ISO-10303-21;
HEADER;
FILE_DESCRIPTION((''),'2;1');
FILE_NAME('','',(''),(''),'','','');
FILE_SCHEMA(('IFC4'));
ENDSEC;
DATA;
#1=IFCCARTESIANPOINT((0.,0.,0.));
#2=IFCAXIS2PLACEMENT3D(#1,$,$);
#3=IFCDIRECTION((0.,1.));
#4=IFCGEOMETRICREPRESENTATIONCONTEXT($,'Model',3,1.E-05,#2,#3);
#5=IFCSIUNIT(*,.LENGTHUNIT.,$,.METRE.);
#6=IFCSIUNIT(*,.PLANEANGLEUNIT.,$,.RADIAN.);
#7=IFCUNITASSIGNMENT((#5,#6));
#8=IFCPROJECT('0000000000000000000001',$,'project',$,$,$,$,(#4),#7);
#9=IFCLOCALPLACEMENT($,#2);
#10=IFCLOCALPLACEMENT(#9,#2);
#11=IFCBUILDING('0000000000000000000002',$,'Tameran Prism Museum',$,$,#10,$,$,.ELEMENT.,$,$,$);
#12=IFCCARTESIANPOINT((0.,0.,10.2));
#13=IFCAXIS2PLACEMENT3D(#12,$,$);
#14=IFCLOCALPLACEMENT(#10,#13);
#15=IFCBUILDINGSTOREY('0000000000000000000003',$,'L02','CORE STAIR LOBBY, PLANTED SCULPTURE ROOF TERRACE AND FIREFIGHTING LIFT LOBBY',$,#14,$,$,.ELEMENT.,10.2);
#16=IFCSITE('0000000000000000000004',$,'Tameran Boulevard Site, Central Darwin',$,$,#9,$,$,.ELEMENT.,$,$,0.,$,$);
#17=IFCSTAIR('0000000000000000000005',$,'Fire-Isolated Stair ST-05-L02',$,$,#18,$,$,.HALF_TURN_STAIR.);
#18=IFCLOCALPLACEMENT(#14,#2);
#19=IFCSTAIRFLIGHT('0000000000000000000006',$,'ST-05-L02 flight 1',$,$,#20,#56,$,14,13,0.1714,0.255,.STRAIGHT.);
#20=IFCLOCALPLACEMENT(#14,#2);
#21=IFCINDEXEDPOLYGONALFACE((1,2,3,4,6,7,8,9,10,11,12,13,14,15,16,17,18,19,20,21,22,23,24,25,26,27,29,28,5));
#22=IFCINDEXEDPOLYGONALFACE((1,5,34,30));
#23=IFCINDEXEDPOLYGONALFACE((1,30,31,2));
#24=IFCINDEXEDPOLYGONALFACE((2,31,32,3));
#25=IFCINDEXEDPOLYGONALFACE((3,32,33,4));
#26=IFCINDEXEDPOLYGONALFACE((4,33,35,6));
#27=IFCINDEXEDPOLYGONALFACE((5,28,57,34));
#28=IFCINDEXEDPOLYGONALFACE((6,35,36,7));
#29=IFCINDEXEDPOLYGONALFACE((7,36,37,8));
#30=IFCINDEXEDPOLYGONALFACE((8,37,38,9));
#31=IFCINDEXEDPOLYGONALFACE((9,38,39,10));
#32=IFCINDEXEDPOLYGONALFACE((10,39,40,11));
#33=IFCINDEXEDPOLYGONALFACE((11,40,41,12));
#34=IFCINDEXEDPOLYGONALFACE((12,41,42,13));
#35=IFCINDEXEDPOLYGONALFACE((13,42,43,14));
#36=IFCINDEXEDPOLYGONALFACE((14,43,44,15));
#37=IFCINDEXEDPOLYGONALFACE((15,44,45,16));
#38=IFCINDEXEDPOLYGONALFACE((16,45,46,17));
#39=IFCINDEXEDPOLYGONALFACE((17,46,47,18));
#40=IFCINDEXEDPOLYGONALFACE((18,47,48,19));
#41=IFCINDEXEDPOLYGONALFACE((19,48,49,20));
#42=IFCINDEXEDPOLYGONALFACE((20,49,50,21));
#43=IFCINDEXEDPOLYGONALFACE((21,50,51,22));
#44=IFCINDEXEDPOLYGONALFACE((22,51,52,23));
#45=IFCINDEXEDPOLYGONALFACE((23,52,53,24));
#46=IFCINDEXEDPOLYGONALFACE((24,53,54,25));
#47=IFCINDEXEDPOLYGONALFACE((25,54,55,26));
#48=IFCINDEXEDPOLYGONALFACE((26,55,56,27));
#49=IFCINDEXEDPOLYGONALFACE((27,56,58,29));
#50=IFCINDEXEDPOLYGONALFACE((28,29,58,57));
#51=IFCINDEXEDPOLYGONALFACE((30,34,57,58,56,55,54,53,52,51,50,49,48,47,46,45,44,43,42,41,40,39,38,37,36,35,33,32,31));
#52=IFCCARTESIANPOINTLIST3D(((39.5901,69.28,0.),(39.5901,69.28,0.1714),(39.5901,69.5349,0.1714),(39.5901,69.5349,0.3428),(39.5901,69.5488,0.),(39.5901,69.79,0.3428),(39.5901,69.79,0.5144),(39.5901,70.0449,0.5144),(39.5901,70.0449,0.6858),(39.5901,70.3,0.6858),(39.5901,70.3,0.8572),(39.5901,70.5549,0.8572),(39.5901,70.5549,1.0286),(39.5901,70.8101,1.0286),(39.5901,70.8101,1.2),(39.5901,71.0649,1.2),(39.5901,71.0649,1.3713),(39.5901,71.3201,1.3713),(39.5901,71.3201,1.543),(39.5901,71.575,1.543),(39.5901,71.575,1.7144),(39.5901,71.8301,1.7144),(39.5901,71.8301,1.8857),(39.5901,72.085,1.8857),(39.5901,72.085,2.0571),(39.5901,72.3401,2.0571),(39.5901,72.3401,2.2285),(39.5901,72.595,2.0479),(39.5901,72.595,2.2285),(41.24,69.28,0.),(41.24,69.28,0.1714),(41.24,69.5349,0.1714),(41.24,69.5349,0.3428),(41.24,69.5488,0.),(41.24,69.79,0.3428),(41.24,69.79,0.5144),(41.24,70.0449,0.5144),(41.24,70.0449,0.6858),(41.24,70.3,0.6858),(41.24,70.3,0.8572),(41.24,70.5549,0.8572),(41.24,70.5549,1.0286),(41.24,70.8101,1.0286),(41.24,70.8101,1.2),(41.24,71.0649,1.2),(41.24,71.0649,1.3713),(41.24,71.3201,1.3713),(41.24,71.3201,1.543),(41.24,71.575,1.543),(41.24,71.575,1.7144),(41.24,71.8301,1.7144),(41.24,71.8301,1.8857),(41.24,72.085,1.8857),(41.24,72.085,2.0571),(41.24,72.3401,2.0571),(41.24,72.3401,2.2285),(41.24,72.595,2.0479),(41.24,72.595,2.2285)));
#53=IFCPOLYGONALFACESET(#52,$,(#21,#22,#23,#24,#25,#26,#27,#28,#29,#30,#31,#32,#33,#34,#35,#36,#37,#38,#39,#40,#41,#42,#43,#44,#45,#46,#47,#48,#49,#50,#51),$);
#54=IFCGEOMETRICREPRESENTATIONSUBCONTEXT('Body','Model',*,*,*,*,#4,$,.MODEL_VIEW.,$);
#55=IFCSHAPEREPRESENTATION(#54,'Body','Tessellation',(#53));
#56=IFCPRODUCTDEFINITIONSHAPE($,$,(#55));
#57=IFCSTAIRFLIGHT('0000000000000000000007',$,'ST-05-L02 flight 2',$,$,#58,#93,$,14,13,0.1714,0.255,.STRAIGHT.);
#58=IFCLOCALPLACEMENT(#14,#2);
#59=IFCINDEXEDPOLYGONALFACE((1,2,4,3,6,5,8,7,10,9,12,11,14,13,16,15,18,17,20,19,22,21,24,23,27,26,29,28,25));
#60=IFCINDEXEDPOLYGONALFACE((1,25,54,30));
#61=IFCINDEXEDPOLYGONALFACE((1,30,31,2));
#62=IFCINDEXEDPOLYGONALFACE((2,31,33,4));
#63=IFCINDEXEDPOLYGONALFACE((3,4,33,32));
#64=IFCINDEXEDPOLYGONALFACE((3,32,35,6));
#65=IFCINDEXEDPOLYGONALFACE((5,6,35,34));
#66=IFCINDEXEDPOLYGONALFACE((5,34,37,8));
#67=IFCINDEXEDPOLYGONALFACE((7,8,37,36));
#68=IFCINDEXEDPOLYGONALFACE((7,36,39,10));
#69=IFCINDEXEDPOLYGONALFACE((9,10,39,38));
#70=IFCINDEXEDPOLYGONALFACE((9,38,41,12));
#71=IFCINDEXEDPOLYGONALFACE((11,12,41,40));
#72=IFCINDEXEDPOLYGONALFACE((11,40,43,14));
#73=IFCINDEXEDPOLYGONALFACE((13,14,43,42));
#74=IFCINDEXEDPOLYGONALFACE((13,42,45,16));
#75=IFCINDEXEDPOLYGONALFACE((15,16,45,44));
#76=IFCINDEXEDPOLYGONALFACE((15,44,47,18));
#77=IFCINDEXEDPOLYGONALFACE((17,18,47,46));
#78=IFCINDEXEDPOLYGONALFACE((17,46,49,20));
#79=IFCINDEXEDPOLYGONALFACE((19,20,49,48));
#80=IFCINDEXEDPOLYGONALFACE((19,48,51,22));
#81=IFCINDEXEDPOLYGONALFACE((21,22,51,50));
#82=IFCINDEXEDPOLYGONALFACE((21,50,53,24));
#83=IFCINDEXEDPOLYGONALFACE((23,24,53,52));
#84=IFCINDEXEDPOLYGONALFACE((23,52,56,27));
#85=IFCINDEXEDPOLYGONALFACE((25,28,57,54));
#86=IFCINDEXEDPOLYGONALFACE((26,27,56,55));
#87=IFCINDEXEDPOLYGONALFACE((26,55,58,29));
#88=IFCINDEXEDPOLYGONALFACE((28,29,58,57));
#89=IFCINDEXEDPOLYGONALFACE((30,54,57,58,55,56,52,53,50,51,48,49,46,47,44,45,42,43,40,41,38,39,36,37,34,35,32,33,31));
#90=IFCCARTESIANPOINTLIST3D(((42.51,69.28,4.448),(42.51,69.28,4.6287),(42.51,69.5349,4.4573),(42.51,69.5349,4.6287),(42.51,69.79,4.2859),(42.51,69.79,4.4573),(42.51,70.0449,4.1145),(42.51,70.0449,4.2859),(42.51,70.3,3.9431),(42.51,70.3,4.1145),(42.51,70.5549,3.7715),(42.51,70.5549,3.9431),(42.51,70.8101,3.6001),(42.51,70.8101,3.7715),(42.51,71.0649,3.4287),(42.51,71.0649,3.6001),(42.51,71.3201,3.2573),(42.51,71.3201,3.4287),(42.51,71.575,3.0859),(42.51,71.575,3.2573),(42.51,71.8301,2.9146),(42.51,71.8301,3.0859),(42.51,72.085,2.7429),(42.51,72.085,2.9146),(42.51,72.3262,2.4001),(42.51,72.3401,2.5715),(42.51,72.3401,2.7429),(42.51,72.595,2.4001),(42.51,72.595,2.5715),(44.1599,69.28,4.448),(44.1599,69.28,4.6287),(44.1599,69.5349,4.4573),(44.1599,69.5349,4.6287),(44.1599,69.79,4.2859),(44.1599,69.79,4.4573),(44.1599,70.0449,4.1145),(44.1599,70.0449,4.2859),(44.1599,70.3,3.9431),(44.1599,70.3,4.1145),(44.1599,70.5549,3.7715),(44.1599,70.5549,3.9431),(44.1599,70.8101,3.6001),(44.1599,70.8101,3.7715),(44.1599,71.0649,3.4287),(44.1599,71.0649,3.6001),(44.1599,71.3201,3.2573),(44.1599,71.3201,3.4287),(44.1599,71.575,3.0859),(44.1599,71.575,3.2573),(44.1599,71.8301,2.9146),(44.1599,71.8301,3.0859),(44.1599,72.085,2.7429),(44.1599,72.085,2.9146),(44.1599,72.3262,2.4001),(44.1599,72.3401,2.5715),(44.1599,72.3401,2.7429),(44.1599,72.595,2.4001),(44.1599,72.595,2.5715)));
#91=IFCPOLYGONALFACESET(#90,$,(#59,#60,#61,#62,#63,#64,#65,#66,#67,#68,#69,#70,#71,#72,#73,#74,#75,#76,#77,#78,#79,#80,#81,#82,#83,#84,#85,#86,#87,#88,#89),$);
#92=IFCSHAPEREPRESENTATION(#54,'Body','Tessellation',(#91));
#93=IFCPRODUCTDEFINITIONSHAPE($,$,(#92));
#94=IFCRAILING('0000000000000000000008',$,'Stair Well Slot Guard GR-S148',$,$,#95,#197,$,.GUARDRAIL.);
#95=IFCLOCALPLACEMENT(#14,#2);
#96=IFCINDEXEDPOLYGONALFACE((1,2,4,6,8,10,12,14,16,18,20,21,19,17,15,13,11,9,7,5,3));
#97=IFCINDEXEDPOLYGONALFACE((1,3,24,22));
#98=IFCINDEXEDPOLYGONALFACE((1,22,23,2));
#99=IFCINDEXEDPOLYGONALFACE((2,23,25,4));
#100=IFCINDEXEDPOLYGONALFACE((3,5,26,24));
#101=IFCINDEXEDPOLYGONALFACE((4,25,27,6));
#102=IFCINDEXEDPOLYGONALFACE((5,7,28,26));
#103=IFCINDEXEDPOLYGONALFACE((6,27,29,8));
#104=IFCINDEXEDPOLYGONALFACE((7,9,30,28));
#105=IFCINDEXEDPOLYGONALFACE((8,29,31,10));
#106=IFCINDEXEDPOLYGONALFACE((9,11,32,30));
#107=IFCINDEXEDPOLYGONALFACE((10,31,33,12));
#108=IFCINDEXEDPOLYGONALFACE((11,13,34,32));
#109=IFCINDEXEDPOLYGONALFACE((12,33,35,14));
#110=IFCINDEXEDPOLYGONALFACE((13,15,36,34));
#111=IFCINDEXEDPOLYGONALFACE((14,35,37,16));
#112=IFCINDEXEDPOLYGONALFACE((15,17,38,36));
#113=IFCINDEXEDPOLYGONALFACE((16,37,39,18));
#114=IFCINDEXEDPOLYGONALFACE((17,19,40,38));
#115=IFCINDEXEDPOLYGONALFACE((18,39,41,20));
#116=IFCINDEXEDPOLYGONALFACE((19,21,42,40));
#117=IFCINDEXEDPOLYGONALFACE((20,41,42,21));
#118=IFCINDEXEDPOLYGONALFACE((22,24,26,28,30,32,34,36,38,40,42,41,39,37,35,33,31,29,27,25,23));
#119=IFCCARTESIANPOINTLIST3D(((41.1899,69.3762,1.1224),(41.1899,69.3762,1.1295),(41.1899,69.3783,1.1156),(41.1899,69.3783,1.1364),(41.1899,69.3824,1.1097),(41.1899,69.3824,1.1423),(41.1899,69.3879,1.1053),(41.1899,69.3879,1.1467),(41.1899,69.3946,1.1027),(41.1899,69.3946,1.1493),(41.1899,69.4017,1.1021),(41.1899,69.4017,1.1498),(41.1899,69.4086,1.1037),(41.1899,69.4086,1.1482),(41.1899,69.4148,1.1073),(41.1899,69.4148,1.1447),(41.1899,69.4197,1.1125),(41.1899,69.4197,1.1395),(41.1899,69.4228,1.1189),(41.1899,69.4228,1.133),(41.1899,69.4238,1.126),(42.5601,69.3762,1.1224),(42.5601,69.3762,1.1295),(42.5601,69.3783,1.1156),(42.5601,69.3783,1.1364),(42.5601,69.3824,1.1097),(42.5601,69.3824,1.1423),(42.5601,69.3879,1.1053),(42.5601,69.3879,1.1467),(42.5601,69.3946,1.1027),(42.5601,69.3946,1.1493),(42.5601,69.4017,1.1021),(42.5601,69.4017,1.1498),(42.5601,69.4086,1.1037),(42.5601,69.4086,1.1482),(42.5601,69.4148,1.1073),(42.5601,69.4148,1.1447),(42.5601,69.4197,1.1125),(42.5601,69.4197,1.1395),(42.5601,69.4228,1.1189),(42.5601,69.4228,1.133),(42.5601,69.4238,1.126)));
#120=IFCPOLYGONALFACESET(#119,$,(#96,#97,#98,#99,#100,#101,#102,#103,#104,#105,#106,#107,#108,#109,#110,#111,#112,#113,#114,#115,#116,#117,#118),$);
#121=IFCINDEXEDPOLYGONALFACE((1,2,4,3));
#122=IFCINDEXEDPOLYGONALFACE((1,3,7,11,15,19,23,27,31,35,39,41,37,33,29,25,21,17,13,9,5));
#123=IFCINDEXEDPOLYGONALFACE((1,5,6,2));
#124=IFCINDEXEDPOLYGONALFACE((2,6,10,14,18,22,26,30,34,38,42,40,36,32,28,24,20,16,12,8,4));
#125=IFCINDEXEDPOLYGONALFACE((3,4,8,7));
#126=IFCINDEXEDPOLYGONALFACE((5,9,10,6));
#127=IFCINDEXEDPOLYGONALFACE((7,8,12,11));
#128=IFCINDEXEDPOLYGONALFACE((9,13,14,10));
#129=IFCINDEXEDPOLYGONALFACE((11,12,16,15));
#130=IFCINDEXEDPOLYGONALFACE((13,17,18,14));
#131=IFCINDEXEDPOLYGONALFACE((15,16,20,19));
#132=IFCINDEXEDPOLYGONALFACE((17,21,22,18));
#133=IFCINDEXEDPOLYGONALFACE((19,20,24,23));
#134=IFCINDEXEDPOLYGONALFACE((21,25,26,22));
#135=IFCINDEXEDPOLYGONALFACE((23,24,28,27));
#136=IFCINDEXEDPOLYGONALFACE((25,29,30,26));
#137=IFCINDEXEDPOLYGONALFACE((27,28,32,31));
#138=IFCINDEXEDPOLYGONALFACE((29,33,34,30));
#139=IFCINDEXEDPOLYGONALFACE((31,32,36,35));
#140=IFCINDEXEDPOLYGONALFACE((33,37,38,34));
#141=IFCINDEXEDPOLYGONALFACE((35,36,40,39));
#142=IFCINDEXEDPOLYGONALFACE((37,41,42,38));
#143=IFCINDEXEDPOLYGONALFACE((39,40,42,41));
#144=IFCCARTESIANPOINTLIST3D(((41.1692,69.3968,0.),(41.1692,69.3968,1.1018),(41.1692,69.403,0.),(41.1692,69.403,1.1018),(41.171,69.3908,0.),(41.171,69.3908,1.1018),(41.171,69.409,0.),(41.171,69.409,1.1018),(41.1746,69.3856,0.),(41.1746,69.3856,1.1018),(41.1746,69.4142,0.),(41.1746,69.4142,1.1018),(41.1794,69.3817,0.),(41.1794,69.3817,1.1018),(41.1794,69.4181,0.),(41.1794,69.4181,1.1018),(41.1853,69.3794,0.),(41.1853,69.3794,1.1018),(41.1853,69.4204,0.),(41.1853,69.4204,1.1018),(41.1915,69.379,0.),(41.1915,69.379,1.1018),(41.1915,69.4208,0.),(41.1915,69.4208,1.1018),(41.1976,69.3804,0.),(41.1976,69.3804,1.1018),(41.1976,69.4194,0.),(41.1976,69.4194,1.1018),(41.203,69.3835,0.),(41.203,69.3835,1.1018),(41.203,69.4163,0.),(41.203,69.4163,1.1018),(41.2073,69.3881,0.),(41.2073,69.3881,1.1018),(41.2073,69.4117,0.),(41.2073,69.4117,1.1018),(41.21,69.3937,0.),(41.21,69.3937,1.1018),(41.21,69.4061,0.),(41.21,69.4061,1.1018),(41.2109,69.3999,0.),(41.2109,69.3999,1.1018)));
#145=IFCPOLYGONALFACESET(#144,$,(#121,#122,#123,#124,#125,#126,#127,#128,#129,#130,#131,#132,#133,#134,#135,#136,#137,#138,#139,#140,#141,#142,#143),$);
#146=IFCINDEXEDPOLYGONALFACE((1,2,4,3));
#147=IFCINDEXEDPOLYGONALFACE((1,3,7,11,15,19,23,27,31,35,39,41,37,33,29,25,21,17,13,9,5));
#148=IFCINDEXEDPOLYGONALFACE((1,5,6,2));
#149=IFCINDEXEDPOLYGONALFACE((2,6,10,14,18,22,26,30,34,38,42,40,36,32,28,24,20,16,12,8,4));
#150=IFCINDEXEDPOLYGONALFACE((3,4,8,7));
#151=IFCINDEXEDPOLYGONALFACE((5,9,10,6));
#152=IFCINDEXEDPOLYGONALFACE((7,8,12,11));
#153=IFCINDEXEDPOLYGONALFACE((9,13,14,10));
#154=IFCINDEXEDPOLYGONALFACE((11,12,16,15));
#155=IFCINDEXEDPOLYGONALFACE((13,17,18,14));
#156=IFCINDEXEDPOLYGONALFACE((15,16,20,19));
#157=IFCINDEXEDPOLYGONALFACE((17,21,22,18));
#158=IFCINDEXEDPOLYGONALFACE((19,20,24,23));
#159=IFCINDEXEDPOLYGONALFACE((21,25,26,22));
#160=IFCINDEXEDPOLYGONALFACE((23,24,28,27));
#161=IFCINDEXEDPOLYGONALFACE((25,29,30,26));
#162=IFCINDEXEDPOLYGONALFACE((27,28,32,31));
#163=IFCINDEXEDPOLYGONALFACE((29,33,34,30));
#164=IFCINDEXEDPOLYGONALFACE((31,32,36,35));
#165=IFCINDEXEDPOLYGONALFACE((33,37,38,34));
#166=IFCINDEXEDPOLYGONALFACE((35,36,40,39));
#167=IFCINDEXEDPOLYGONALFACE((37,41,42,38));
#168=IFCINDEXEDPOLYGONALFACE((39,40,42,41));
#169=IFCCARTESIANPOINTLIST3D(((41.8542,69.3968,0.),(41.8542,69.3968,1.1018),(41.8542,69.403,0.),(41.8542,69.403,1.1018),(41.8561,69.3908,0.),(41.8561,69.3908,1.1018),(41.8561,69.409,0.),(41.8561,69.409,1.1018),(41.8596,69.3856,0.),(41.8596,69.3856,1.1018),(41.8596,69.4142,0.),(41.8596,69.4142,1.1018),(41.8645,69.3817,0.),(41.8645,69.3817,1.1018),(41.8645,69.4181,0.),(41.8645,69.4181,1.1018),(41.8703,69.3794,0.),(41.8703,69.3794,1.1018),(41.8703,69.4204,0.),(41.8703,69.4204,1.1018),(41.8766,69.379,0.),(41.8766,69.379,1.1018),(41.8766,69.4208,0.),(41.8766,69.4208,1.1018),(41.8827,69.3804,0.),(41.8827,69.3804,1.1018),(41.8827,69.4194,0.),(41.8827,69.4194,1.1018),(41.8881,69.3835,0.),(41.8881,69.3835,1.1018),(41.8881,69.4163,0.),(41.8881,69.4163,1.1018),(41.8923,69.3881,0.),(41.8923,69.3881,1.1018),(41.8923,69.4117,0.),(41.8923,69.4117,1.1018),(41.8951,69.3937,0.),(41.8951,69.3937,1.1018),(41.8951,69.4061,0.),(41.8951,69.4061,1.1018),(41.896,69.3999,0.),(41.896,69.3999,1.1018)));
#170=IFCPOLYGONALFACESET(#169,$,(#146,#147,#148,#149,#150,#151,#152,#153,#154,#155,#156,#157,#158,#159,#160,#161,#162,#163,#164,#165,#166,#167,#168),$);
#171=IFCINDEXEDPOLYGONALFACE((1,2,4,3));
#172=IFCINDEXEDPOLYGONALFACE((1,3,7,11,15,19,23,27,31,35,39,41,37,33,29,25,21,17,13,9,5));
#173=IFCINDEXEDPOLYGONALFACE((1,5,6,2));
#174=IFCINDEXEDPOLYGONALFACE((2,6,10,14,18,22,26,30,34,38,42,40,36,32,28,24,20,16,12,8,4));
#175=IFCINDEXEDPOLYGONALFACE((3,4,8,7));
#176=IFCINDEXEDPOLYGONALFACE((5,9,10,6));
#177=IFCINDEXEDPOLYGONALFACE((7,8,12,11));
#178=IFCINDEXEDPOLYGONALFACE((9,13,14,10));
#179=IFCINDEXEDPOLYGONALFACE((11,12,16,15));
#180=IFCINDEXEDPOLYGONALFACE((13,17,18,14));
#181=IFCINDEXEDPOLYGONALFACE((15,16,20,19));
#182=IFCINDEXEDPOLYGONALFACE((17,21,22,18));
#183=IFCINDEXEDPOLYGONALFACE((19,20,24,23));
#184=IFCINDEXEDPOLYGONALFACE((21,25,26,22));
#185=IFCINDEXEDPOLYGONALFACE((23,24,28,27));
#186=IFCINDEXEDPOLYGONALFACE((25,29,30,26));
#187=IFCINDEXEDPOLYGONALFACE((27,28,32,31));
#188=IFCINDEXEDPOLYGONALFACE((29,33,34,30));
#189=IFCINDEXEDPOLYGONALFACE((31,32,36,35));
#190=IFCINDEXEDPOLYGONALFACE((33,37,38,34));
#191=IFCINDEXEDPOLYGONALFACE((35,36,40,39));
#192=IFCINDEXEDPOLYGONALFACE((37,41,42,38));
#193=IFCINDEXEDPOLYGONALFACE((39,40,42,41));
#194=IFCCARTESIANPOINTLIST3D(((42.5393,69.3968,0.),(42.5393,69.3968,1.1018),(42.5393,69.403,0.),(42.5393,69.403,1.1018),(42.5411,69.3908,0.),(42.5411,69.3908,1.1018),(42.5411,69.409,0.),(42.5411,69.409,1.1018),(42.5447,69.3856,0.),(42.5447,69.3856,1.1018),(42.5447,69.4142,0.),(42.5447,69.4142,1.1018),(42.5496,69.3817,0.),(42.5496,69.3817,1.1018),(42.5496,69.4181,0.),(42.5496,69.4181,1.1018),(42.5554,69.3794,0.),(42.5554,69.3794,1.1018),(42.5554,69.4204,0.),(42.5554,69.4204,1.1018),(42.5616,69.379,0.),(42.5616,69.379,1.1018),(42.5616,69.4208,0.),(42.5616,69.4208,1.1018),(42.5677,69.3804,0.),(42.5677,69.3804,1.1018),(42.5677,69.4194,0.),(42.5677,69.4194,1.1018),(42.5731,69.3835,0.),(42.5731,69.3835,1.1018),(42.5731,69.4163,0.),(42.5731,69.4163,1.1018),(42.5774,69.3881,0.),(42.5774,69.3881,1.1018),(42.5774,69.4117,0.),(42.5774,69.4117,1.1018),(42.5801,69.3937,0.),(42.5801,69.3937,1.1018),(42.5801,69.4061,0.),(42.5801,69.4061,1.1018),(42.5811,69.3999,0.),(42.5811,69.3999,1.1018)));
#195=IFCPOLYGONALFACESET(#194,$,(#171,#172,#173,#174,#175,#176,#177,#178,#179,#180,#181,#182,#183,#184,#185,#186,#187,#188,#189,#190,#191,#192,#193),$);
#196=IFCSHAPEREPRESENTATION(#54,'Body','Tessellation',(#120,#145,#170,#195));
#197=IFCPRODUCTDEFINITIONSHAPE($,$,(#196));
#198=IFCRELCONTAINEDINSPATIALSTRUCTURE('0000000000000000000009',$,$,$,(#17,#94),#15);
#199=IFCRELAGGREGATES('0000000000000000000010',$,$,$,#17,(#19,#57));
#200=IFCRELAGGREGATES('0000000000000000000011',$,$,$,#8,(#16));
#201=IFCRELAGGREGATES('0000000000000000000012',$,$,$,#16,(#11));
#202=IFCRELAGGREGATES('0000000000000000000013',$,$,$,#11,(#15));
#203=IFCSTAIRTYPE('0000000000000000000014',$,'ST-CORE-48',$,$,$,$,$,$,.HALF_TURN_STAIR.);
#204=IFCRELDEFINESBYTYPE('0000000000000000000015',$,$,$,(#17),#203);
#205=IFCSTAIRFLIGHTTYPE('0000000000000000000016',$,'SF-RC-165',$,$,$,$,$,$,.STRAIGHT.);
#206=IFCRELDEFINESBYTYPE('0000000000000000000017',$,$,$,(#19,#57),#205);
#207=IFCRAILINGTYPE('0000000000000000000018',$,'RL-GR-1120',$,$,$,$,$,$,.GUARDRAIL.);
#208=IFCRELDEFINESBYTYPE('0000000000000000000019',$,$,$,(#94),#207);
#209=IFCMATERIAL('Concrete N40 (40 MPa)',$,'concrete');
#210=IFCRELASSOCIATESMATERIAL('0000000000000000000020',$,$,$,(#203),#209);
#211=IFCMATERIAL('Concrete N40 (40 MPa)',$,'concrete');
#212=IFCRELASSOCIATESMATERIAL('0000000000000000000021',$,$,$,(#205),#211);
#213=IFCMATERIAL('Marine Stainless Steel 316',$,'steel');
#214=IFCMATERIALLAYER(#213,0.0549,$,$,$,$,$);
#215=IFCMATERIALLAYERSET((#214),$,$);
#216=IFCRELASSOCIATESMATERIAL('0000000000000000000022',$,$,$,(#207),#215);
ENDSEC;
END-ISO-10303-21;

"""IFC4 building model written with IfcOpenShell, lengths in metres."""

from ifc_helpers import new_model, si_unit, direction, frame, origin, origin_2d, place, context, subcontext, project, spatial, polyline, circle, outline, extrude, material, layer, layer_set, type_object, element, aggregate, save


model = new_model("IFC4")

# Units and contexts
model_context = context("Model", 3, precision=1e-05, world=origin(), true_north=direction((0.0, 1.0)))
body_context = subcontext(model_context, "Body", "Model", "MODEL_VIEW")
ifc_project = project(units=[si_unit("LENGTHUNIT", "METRE"), si_unit("PLANEANGLEUNIT", "RADIAN")], contexts=[model_context])

# Site, building, storey
site_placement = place(None, origin())
site = spatial("IfcSite", under=ifc_project, at=site_placement, Name="Tameran Boulevard Site, Central Darwin", CompositionType="ELEMENT", RefElevation=0.0)
building_placement = place(site_placement, origin())
building = spatial("IfcBuilding", under=site, at=building_placement, Name="Tameran Prism Museum", CompositionType="ELEMENT")
storey_placement = place(building_placement, frame((0.0, 0.0, 10.2)))
storey = spatial("IfcBuildingStorey", under=building, at=storey_placement, Name="L02", Description="CORE STAIR LOBBY, PLANTED SCULPTURE ROOF TERRACE AND FIREFIGHTING LIFT LOBBY", CompositionType="ELEMENT", Elevation=10.2)

# Stair, stair flights
ifc_material_1 = material(Name="Concrete N40 (40 MPa)", Category="concrete")
stair_type = type_object("IfcStairType", Name="ST-CORE-48", PredefinedType="HALF_TURN_STAIR", material=ifc_material_1)
stair_placement = place(storey_placement, origin())
stair = element("IfcStair", 1, at=stair_placement, inside=storey, type_object=stair_type, Name="Fire-Isolated Stair ST-05-L02", PredefinedType="HALF_TURN_STAIR")
ifc_material_2 = material(Name="Concrete N40 (40 MPa)", Category="concrete")
stair_flight_type = type_object("IfcStairFlightType", Name="SF-RC-165", PredefinedType="STRAIGHT", material=ifc_material_2)
stair_flight_1_placement = place(storey_placement, frame((40.415, 69.28, 0.0), z_axis=(0.0, 0.0, 1.0), x_axis=(0.0, 1.0, 0.0)))
stair_flight_1 = element("IfcStairFlight", 2, at=stair_flight_1_placement, type_object=stair_flight_type, Name="ST-05-L02 flight 1", NumberOfRisers=14, NumberOfTreads=13, PredefinedType="STRAIGHT", RiserHeight=0.1714, TreadLength=0.255, context=body_context, shape_type="SweptSolid", body=[
    extrude(outline(polyline([(0.0, 0.0), (0.0, 0.1714), (0.2549, 0.1714), (0.2549, 0.3428), (0.51, 0.3428), (0.51, 0.5144), (0.7649, 0.5144), (0.7649, 0.6858), (1.02, 0.6858), (1.02, 0.8572), (1.2749, 0.8572), (1.2749, 1.0286), (1.53, 1.0286), (1.53, 1.2), (1.7849, 1.2), (1.7849, 1.3713), (2.04, 1.3713), (2.04, 1.543), (2.2949, 1.543), (2.2949, 1.7144), (2.55, 1.7144), (2.55, 1.8857), (2.8049, 1.8857), (2.8049, 2.0571), (3.0601, 2.0571), (3.0601, 2.2285), (3.3149, 2.2285), (3.3149, 2.3999), (3.3149, 2.0479), (0.2688, 0.0), (0.0, 0.0)])), frame((0.0, 0.825, 0.0), z_axis=(0.0, -1.0, 0.0), x_axis=(1.0, 0.0, 0.0)), (0.0, 0.0, 1.0), 1.6499),
])
stair_flight_2_placement = place(storey_placement, frame((43.335, 72.595, 2.4001), z_axis=(0.0, 0.0, 1.0), x_axis=(0.0, -1.0, 0.0)))
stair_flight_2 = element("IfcStairFlight", 3, at=stair_flight_2_placement, type_object=stair_flight_type, Name="ST-05-L02 flight 2", NumberOfRisers=14, NumberOfTreads=13, PredefinedType="STRAIGHT", RiserHeight=0.1714, TreadLength=0.255, context=body_context, shape_type="SweptSolid", body=[
    extrude(outline(polyline([(0.0, 0.0), (0.0, 0.1714), (0.2549, 0.1714), (0.2549, 0.3428), (0.51, 0.3428), (0.51, 0.5144), (0.7649, 0.5144), (0.7649, 0.6858), (1.02, 0.6858), (1.02, 0.8572), (1.2749, 0.8572), (1.2749, 1.0286), (1.53, 1.0286), (1.53, 1.2), (1.7849, 1.2), (1.7849, 1.3713), (2.04, 1.3713), (2.04, 1.543), (2.2949, 1.543), (2.2949, 1.7144), (2.55, 1.7144), (2.55, 1.8857), (2.8049, 1.8857), (2.8049, 2.0571), (3.0601, 2.0571), (3.0601, 2.2285), (3.3149, 2.2285), (3.3149, 2.3999), (3.3149, 2.0479), (0.2688, 0.0), (0.0, 0.0)])), frame((0.0, 0.825, 0.0), z_axis=(0.0, -1.0, 0.0), x_axis=(1.0, 0.0, 0.0)), (0.0, 0.0, 1.0), 1.6499),
])
aggregate(stair, [stair_flight_1, stair_flight_2])

# Railing
ifc_material_3 = material(Name="Marine Stainless Steel 316", Category="steel")
ifc_layer_1 = layer(ifc_material_3, 0.0549)
ifc_layer_set_1 = layer_set([ifc_layer_1])
railing_type_1 = type_object("IfcRailingType", Name="RL-GR-1120", PredefinedType="GUARDRAIL", material=ifc_layer_set_1)
railing_1_placement = place(storey_placement, frame((41.1899, 69.3999, 0.0)))
element("IfcRailing", 4, at=railing_1_placement, inside=storey, type_object=railing_type_1, Name="Stair Well Slot Guard GR-S148", PredefinedType="GUARDRAIL", context=body_context, shape_type="SweptSolid", body=[
    extrude(circle(Radius=0.0239, at=origin_2d()), frame((0.0, 0.0, 1.126), z_axis=(1.0, 0.0, 0.0), x_axis=(0.0, 1.0, 0.0)), (0.0, 0.0, 1.0), 1.3701),
    extrude(circle(Radius=0.021, at=origin_2d()), origin(), (0.0, 0.0, 1.0), 1.1018),
    extrude(circle(Radius=0.021, at=origin_2d()), frame((0.6851, 0.0, 0.0)), (0.0, 0.0, 1.0), 1.1018),
    extrude(circle(Radius=0.021, at=origin_2d()), frame((1.3701, 0.0, 0.0)), (0.0, 0.0, 1.0), 1.1018),
])

save(model, "model.ifc")
